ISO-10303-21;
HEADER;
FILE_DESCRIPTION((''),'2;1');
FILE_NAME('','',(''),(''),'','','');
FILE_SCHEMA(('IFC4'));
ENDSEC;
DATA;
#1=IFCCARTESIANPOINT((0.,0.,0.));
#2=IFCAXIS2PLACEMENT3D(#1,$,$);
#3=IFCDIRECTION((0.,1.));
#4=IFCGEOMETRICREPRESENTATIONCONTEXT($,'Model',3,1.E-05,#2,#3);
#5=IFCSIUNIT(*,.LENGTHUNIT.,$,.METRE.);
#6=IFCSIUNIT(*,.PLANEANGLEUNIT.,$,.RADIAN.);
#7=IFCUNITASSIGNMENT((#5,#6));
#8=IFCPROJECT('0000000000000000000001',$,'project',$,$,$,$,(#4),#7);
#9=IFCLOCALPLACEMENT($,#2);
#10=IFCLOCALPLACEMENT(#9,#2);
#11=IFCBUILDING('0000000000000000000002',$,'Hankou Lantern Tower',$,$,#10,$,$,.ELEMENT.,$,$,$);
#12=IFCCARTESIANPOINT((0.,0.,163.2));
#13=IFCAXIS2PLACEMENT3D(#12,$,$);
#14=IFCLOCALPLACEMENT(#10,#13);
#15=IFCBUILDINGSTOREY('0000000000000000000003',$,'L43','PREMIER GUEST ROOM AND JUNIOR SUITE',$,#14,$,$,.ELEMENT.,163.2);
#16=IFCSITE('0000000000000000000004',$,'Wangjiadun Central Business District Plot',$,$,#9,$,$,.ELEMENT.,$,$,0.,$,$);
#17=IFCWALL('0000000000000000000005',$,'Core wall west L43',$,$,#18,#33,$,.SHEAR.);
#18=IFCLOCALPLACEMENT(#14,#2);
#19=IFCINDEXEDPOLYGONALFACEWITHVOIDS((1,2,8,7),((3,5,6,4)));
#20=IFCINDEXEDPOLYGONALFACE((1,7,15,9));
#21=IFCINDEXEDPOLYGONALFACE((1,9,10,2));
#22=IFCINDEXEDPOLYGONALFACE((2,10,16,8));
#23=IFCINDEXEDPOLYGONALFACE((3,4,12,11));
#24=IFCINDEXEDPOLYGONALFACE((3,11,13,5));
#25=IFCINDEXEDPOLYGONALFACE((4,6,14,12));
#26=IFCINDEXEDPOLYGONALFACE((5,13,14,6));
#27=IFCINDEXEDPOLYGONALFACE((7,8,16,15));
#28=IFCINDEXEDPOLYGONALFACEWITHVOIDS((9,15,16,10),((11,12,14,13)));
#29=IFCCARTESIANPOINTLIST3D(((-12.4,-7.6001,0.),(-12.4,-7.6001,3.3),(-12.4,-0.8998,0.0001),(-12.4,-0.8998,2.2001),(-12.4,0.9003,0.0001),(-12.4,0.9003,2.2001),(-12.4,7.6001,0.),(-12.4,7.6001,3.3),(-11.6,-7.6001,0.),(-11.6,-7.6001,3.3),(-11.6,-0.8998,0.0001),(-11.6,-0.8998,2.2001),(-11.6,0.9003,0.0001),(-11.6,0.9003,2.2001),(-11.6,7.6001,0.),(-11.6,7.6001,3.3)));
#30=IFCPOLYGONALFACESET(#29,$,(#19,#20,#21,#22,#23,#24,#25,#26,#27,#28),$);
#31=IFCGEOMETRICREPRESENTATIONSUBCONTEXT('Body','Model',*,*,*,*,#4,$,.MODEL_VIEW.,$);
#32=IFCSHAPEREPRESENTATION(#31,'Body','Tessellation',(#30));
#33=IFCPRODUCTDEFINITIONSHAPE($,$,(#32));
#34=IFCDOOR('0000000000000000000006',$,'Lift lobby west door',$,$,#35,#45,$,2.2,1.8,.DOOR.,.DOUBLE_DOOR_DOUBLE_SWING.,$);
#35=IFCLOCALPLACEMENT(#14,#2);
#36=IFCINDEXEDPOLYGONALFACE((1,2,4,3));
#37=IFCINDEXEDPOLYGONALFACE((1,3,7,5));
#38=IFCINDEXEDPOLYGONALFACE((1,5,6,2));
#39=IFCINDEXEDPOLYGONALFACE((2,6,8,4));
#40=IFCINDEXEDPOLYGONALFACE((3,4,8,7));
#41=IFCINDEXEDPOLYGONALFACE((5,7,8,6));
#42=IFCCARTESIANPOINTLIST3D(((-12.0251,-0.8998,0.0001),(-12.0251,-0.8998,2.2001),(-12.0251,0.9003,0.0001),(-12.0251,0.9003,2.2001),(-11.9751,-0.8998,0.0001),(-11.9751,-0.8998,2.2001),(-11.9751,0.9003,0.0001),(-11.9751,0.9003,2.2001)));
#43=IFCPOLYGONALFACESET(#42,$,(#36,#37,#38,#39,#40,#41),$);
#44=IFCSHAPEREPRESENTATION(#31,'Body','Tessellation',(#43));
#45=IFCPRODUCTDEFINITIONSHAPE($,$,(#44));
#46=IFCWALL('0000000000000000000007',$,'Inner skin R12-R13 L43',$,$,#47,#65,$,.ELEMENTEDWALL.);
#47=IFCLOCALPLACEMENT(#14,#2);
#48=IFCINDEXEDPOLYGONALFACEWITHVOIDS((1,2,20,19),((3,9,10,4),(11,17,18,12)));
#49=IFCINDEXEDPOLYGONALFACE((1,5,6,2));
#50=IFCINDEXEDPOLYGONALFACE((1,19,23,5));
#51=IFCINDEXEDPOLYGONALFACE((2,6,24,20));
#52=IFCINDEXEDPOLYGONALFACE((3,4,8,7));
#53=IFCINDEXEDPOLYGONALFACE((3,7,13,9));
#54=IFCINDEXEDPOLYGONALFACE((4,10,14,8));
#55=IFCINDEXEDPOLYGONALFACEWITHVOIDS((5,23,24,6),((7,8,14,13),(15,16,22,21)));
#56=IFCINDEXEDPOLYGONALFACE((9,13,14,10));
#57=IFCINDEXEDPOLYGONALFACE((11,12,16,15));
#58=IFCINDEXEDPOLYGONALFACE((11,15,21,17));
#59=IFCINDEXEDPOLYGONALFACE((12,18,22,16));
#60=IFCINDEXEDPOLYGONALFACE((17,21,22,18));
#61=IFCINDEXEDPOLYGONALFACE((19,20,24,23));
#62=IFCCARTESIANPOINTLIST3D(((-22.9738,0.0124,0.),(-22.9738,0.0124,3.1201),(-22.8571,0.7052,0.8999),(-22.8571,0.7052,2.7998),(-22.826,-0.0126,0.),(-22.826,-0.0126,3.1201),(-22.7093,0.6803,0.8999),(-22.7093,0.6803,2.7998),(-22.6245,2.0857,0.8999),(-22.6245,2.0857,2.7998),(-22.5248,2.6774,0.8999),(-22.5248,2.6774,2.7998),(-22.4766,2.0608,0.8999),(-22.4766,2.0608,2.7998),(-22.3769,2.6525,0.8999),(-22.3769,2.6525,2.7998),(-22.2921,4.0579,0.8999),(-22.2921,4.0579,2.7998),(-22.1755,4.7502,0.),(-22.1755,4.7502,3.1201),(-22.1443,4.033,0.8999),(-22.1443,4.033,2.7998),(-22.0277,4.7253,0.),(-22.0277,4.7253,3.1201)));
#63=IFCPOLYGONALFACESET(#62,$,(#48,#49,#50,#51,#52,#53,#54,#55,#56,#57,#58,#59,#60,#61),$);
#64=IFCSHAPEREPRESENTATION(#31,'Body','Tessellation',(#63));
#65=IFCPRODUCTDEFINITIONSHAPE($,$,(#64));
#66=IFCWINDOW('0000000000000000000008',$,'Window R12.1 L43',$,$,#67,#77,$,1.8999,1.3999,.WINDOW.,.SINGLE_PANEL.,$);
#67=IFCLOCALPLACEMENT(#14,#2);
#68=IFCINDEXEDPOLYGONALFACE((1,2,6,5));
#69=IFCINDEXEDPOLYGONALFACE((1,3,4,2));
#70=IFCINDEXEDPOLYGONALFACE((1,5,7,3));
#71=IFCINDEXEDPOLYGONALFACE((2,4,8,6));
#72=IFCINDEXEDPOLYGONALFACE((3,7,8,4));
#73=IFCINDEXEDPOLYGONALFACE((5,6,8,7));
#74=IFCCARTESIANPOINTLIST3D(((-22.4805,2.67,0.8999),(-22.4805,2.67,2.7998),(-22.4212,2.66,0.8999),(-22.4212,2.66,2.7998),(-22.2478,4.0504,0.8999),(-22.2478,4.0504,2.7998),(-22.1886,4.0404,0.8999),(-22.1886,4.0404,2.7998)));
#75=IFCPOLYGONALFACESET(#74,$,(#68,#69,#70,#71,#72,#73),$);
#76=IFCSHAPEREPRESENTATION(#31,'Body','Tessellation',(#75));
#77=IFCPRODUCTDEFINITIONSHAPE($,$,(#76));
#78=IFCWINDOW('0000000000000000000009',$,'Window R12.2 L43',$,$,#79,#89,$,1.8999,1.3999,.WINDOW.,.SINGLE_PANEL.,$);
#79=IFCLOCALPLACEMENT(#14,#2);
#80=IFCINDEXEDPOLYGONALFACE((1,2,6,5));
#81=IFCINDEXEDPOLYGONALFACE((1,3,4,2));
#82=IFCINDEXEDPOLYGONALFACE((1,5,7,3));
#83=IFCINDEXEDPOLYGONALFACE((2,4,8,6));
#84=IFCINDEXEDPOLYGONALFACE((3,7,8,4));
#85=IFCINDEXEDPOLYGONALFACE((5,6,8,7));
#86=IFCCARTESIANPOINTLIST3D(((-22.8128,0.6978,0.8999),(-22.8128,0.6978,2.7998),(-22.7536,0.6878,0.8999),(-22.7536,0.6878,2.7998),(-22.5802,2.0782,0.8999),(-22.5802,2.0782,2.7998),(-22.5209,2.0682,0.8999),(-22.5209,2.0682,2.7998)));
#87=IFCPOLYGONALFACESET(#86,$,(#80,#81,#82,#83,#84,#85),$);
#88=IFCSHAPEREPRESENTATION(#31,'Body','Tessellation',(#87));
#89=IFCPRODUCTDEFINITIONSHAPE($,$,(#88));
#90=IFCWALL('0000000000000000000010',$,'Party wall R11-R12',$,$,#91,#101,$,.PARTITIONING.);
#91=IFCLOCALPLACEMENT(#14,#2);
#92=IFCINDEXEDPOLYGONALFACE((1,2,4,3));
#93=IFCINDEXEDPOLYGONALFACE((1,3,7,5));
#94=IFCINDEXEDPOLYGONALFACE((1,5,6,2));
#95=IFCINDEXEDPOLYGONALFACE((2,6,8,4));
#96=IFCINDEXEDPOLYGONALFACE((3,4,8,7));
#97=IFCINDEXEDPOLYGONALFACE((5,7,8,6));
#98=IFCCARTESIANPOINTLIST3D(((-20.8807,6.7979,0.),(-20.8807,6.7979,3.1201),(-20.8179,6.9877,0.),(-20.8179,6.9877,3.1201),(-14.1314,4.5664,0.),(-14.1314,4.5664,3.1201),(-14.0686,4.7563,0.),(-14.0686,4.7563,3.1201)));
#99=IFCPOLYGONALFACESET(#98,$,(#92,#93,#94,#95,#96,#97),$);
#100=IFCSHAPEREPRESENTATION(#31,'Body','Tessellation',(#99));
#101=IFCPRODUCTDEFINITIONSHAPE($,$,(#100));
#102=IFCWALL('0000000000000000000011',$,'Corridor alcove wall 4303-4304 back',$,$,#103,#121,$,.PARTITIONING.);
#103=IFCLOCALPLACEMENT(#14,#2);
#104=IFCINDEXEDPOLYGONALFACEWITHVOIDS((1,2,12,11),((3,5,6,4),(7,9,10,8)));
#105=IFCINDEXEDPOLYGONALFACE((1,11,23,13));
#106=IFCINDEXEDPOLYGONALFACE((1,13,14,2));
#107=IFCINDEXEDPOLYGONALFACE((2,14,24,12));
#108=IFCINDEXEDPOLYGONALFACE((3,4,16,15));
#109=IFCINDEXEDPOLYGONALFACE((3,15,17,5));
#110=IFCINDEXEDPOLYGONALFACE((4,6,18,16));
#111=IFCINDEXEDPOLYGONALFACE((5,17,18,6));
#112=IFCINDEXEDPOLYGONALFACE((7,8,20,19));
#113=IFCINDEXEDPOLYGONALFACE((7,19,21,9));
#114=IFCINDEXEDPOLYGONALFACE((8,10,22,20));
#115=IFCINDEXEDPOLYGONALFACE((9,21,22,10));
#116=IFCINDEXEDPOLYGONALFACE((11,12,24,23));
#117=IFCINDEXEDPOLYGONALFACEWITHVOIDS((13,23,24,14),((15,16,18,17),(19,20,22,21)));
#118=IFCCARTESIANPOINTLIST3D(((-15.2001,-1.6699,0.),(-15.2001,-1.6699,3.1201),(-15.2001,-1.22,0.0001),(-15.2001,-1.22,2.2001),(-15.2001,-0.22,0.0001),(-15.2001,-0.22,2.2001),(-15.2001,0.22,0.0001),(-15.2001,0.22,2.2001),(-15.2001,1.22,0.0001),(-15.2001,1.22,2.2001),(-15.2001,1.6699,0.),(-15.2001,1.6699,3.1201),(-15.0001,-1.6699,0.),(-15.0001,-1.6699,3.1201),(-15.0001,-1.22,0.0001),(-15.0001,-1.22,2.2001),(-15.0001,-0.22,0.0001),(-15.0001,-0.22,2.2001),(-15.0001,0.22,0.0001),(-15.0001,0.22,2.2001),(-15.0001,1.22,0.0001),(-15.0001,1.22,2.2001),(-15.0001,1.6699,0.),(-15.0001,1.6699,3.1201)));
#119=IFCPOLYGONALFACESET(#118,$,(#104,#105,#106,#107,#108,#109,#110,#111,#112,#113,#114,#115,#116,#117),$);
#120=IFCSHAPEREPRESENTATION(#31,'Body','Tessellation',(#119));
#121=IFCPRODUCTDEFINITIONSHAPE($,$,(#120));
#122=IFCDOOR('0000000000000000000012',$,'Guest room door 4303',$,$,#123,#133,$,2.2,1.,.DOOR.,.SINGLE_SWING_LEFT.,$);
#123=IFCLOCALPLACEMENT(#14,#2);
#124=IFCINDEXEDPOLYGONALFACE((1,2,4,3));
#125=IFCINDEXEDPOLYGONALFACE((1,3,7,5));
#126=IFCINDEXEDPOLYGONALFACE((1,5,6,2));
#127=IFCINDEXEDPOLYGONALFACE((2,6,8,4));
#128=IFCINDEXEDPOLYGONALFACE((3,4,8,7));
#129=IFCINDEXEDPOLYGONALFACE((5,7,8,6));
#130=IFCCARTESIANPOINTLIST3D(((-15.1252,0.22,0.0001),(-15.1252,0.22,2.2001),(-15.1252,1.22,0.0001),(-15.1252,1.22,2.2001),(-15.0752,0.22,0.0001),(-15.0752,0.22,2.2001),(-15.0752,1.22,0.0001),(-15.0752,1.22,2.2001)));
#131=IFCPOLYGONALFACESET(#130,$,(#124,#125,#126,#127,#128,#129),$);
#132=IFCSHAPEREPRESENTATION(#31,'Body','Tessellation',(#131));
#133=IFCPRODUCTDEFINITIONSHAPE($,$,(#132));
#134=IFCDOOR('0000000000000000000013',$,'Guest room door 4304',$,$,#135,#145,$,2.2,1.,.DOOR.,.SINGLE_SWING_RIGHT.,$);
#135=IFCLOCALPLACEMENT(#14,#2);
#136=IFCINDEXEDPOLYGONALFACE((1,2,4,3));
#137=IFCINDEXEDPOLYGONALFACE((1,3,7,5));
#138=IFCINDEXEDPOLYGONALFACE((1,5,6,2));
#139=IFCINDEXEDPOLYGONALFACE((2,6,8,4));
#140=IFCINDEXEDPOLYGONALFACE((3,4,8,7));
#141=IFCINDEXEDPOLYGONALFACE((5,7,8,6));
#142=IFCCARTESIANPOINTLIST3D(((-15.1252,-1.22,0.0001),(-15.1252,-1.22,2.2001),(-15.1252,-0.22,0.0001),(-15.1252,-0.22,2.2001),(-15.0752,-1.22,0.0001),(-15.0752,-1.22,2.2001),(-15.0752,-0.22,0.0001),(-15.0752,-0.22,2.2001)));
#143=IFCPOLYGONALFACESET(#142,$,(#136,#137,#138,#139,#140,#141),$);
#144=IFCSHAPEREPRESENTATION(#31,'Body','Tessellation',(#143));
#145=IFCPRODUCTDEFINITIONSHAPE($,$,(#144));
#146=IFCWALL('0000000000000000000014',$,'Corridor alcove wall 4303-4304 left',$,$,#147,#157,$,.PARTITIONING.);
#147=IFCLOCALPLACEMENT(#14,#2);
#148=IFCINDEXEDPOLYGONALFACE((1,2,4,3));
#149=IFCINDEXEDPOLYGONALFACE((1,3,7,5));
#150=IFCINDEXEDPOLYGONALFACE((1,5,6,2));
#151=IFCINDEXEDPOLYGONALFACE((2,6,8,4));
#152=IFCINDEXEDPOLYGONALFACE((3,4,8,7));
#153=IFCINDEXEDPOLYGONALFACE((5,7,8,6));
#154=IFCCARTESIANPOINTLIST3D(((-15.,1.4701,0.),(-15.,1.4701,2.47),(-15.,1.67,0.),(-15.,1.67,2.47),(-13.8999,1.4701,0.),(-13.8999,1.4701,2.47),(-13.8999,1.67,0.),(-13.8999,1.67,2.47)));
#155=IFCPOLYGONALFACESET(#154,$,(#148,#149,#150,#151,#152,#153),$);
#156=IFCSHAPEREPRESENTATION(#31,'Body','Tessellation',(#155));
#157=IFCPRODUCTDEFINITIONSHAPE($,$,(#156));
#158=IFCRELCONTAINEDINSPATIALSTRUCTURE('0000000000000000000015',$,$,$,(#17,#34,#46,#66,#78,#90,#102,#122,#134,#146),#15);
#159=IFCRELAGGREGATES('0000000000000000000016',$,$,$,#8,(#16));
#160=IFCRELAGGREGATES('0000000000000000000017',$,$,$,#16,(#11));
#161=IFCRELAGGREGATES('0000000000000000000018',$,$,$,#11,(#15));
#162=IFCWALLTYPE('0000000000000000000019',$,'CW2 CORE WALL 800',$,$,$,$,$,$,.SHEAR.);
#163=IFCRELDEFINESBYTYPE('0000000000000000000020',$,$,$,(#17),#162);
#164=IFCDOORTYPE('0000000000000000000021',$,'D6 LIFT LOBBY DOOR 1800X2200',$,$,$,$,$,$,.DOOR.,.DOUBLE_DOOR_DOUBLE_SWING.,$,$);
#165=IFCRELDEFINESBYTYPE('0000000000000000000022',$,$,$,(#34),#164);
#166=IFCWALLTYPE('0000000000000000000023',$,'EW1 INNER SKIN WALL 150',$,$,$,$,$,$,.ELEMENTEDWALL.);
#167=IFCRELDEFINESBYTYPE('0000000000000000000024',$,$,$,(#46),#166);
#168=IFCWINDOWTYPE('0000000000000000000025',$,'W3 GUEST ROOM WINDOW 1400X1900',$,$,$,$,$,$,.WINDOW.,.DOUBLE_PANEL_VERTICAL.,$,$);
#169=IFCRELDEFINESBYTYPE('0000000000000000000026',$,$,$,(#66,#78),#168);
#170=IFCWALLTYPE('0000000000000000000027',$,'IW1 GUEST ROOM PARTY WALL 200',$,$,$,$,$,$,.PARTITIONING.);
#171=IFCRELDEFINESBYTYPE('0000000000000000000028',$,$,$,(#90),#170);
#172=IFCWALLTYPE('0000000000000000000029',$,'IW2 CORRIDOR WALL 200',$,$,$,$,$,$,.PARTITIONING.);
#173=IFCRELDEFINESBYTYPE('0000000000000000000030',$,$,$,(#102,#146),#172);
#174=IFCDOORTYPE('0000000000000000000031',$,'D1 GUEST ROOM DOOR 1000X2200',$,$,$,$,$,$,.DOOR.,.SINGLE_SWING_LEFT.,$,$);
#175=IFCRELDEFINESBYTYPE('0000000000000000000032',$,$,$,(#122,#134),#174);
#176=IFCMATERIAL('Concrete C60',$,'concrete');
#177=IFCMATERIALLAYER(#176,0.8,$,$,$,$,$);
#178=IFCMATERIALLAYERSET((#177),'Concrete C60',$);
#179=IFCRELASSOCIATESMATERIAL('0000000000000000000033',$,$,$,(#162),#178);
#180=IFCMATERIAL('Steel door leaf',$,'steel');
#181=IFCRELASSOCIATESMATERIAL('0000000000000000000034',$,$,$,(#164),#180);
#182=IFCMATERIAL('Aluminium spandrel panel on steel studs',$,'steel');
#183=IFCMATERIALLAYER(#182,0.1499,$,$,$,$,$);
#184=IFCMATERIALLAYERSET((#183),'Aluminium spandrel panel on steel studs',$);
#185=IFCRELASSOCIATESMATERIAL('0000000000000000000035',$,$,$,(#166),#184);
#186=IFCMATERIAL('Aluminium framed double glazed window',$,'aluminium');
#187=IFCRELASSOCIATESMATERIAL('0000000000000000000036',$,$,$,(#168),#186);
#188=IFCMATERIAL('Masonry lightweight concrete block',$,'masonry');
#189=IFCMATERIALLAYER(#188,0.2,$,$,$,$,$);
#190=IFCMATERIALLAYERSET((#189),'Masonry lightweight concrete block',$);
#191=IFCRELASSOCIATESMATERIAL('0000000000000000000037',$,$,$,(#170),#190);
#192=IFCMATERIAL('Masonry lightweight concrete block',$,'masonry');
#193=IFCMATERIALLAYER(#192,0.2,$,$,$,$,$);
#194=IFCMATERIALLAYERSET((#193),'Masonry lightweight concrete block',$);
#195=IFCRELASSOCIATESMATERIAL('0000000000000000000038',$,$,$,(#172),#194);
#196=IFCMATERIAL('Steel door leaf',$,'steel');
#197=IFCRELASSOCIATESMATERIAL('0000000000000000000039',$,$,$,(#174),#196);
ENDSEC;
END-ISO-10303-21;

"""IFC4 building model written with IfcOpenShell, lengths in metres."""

from ifc_helpers import new_model, si_unit, direction, frame, frame_2d, origin, place, context, subcontext, project, spatial, rectangle, extrude, material, layer, layer_set, type_object, element, fill, save


model = new_model("IFC4")

# Units and contexts
model_context = context("Model", 3, precision=1e-05, world=origin(), true_north=direction((0.0, 1.0)))
body_context = subcontext(model_context, "Body", "Model", "MODEL_VIEW")
ifc_project = project(units=[si_unit("LENGTHUNIT", "METRE"), si_unit("PLANEANGLEUNIT", "RADIAN")], contexts=[model_context])

# Site, building, storey
site_placement = place(None, origin())
site = spatial("IfcSite", under=ifc_project, at=site_placement, Name="Wangjiadun Central Business District Plot", CompositionType="ELEMENT", RefElevation=0.0)
building_placement = place(site_placement, origin())
building = spatial("IfcBuilding", under=site, at=building_placement, Name="Hankou Lantern Tower", CompositionType="ELEMENT")
storey_placement = place(building_placement, frame((0.0, 0.0, 163.2)))
storey = spatial("IfcBuildingStorey", under=building, at=storey_placement, Name="L43", Description="PREMIER GUEST ROOM AND JUNIOR SUITE", CompositionType="ELEMENT", Elevation=163.2)

# Wall, opening, door
ifc_material_1 = material(Name="Concrete C60", Category="concrete")
ifc_layer_1 = layer(ifc_material_1, 0.8)
ifc_layer_set_1 = layer_set([ifc_layer_1], Name="Concrete C60")
wall_type_1 = type_object("IfcWallType", Name="CW2 CORE WALL 800", PredefinedType="SHEAR", material=ifc_layer_set_1)
wall_1_placement = place(storey_placement, frame((-12.0, 7.6001, 0.0), z_axis=(0.0, 0.0, 1.0), x_axis=(0.0, -1.0, 0.0)))
wall_1 = element("IfcWall", 1, at=wall_1_placement, inside=storey, type_object=wall_type_1, Name="Core wall west L43", PredefinedType="SHEAR", context=body_context, shape_type="SweptSolid", body=[
    extrude(rectangle(XDim=15.2002, YDim=0.8, at=frame_2d((7.6001, 0.0))), origin(), (0.0, 0.0, 1.0), 3.3),
])
opening_1_placement = place(wall_1_placement, frame((6.7, 0.0, 0.0)))
opening_1 = element("IfcOpeningElement", 2, at=opening_1_placement, cuts=wall_1, PredefinedType="OPENING", context=body_context, shape_type="SweptSolid", body=[
    extrude(rectangle(XDim=1.8, YDim=2.2, at=frame_2d((0.8999, 1.1001))), frame((0.0, 0.4099, 0.0), z_axis=(0.0, -1.0, 0.0), x_axis=(1.0, 0.0, 0.0)), (0.0, 0.0, 1.0), 0.8201),
])
ifc_material_2 = material(Name="Steel door leaf", Category="steel")
door_type_1 = type_object("IfcDoorType", Name="D6 LIFT LOBBY DOOR 1800X2200", OperationType="DOUBLE_DOOR_DOUBLE_SWING", PredefinedType="DOOR", material=ifc_material_2)
door_1_placement = place(opening_1_placement, origin())
door_1 = element("IfcDoor", 3, at=door_1_placement, inside=storey, type_object=door_type_1, Name="Lift lobby west door", OperationType="DOUBLE_DOOR_DOUBLE_SWING", OverallHeight=2.2, OverallWidth=1.8, PredefinedType="DOOR", context=body_context, shape_type="SweptSolid", body=[
    extrude(rectangle(XDim=1.8, YDim=2.2, at=frame_2d((0.8999, 1.1001))), frame((0.0, 0.0249, 0.0), z_axis=(0.0, -1.0, 0.0), x_axis=(1.0, 0.0, 0.0)), (0.0, 0.0, 1.0), 0.05),
])
fill(opening_1, door_1)

# Wall, openings, windows
ifc_material_3 = material(Name="Aluminium spandrel panel on steel studs", Category="steel")
ifc_layer_2 = layer(ifc_material_3, 0.1499)
ifc_layer_set_2 = layer_set([ifc_layer_2], Name="Aluminium spandrel panel on steel studs")
wall_type_2 = type_object("IfcWallType", Name="EW1 INNER SKIN WALL 150", PredefinedType="ELEMENTEDWALL", material=ifc_layer_set_2)
wall_2_placement = place(storey_placement, frame((-22.1016, 4.7378, 0.0), z_axis=(0.0, 0.0, 1.0), x_axis=(-0.166162, -0.986098, 0.0)))
wall_2 = element("IfcWall", 4, at=wall_2_placement, inside=storey, type_object=wall_type_2, Name="Inner skin R12-R13 L43", PredefinedType="ELEMENTEDWALL", context=body_context, shape_type="SweptSolid", body=[
    extrude(rectangle(XDim=4.8047, YDim=0.1499, at=frame_2d((2.4023, 0.0))), origin(), (0.0, 0.0, 1.0), 3.1201),
])
opening_2_placement = place(wall_2_placement, frame((0.7021, 0.0, 0.8999)))
opening_2 = element("IfcOpeningElement", 5, at=opening_2_placement, cuts=wall_2, PredefinedType="OPENING", context=body_context, shape_type="SweptSolid", body=[
    extrude(rectangle(XDim=1.3999, YDim=1.8999, at=frame_2d((0.7, 0.95))), frame((0.0, 0.085, 0.0), z_axis=(0.0, -1.0, 0.0), x_axis=(1.0, 0.0, 0.0)), (0.0, 0.0, 1.0), 0.1699),
])
opening_3_placement = place(wall_2_placement, frame((2.7021, 0.0, 0.8999)))
opening_3 = element("IfcOpeningElement", 6, at=opening_3_placement, cuts=wall_2, PredefinedType="OPENING", context=body_context, shape_type="SweptSolid", body=[
    extrude(rectangle(XDim=1.3999, YDim=1.8999, at=frame_2d((0.7, 0.95))), frame((0.0, 0.085, 0.0), z_axis=(0.0, -1.0, 0.0), x_axis=(1.0, 0.0, 0.0)), (0.0, 0.0, 1.0), 0.1699),
])
ifc_material_4 = material(Name="Aluminium framed double glazed window", Category="aluminium")
window_type = type_object("IfcWindowType", Name="W3 GUEST ROOM WINDOW 1400X1900", PartitioningType="DOUBLE_PANEL_VERTICAL", PredefinedType="WINDOW", material=ifc_material_4)
window_1_placement = place(opening_2_placement, origin())
window_1 = element("IfcWindow", 7, at=window_1_placement, inside=storey, type_object=window_type, Name="Window R12.1 L43", OverallHeight=1.8999, OverallWidth=1.3999, PartitioningType="SINGLE_PANEL", PredefinedType="WINDOW", context=body_context, shape_type="SweptSolid", body=[
    extrude(rectangle(XDim=1.3999, YDim=1.8999, at=frame_2d((0.7, 0.95))), frame((0.0, 0.03, 0.0), z_axis=(0.0, -1.0, 0.0), x_axis=(1.0, 0.0, 0.0)), (0.0, 0.0, 1.0), 0.0601),
])
fill(opening_2, window_1)
window_2_placement = place(opening_3_placement, origin())
window_2 = element("IfcWindow", 8, at=window_2_placement, inside=storey, type_object=window_type, Name="Window R12.2 L43", OverallHeight=1.8999, OverallWidth=1.3999, PartitioningType="SINGLE_PANEL", PredefinedType="WINDOW", context=body_context, shape_type="SweptSolid", body=[
    extrude(rectangle(XDim=1.3999, YDim=1.8999, at=frame_2d((0.7, 0.95))), frame((0.0, 0.03, 0.0), z_axis=(0.0, -1.0, 0.0), x_axis=(1.0, 0.0, 0.0)), (0.0, 0.0, 1.0), 0.0601),
])
fill(opening_3, window_2)

# Wall
ifc_material_5 = material(Name="Masonry lightweight concrete block", Category="masonry")
ifc_layer_3 = layer(ifc_material_5, 0.2)
ifc_layer_set_3 = layer_set([ifc_layer_3], Name="Masonry lightweight concrete block")
wall_type_3 = type_object("IfcWallType", Name="IW1 GUEST ROOM PARTY WALL 200", PredefinedType="PARTITIONING", material=ifc_layer_set_3)
wall_3_placement = place(storey_placement, frame((-14.1001, 4.6614, 0.0), z_axis=(0.0, 0.0, 1.0), x_axis=(-0.949453, 0.313909, 0.0)))
element("IfcWall", 9, at=wall_3_placement, inside=storey, type_object=wall_type_3, Name="Party wall R11-R12", PredefinedType="PARTITIONING", context=body_context, shape_type="SweptSolid", body=[
    extrude(rectangle(XDim=7.1086, YDim=0.2, at=frame_2d((3.5542, 0.0))), origin(), (0.0, 0.0, 1.0), 3.1201),
])

# Wall, openings, doors
ifc_material_6 = material(Name="Masonry lightweight concrete block", Category="masonry")
ifc_layer_4 = layer(ifc_material_6, 0.2)
ifc_layer_set_4 = layer_set([ifc_layer_4], Name="Masonry lightweight concrete block")
wall_type_4 = type_object("IfcWallType", Name="IW2 CORRIDOR WALL 200", PredefinedType="PARTITIONING", material=ifc_layer_set_4)
wall_4_placement = place(storey_placement, frame((-15.1001, 1.6699, 0.0), z_axis=(0.0, 0.0, 1.0), x_axis=(0.0, -1.0, 0.0)))
wall_4 = element("IfcWall", 10, at=wall_4_placement, inside=storey, type_object=wall_type_4, Name="Corridor alcove wall 4303-4304 back", PredefinedType="PARTITIONING", context=body_context, shape_type="SweptSolid", body=[
    extrude(rectangle(XDim=3.3398, YDim=0.2, at=frame_2d((1.6699, 0.0))), origin(), (0.0, 0.0, 1.0), 3.1201),
])
opening_4_placement = place(wall_4_placement, frame((0.45, 0.0, 0.0)))
opening_4 = element("IfcOpeningElement", 11, at=opening_4_placement, cuts=wall_4, PredefinedType="OPENING", context=body_context, shape_type="SweptSolid", body=[
    extrude(rectangle(XDim=1.0, YDim=2.2, at=frame_2d((0.5, 1.1001))), frame((0.0, 0.1099, 0.0), z_axis=(0.0, -1.0, 0.0), x_axis=(1.0, 0.0, 0.0)), (0.0, 0.0, 1.0), 0.22),
])
opening_5_placement = place(wall_4_placement, frame((1.8899, 0.0, 0.0)))
opening_5 = element("IfcOpeningElement", 12, at=opening_5_placement, cuts=wall_4, PredefinedType="OPENING", context=body_context, shape_type="SweptSolid", body=[
    extrude(rectangle(XDim=1.0, YDim=2.2, at=frame_2d((0.5, 1.1001))), frame((0.0, 0.1099, 0.0), z_axis=(0.0, -1.0, 0.0), x_axis=(1.0, 0.0, 0.0)), (0.0, 0.0, 1.0), 0.22),
])
ifc_material_7 = material(Name="Steel door leaf", Category="steel")
door_type_2 = type_object("IfcDoorType", Name="D1 GUEST ROOM DOOR 1000X2200", OperationType="SINGLE_SWING_LEFT", PredefinedType="DOOR", material=ifc_material_7)
door_2_placement = place(opening_4_placement, origin())
door_2 = element("IfcDoor", 13, at=door_2_placement, inside=storey, type_object=door_type_2, Name="Guest room door 4303", OperationType="SINGLE_SWING_LEFT", OverallHeight=2.2, OverallWidth=1.0, PredefinedType="DOOR", context=body_context, shape_type="SweptSolid", body=[
    extrude(rectangle(XDim=1.0, YDim=2.2, at=frame_2d((0.5, 1.1001))), frame((0.0, 0.0249, 0.0), z_axis=(0.0, -1.0, 0.0), x_axis=(1.0, 0.0, 0.0)), (0.0, 0.0, 1.0), 0.05),
])
fill(opening_4, door_2)
door_3_placement = place(opening_5_placement, origin())
door_3 = element("IfcDoor", 14, at=door_3_placement, inside=storey, type_object=door_type_2, Name="Guest room door 4304", OperationType="SINGLE_SWING_RIGHT", OverallHeight=2.2, OverallWidth=1.0, PredefinedType="DOOR", context=body_context, shape_type="SweptSolid", body=[
    extrude(rectangle(XDim=1.0, YDim=2.2, at=frame_2d((0.5, 1.1001))), frame((0.0, 0.0249, 0.0), z_axis=(0.0, -1.0, 0.0), x_axis=(1.0, 0.0, 0.0)), (0.0, 0.0, 1.0), 0.05),
])
fill(opening_5, door_3)

# Wall
wall_5_placement = place(storey_placement, frame((-13.8999, 1.5701, 0.0), z_axis=(0.0, 0.0, 1.0), x_axis=(-1.0, 0.0, 0.0)))
element("IfcWall", 15, at=wall_5_placement, inside=storey, type_object=wall_type_4, Name="Corridor alcove wall 4303-4304 left", PredefinedType="PARTITIONING", context=body_context, shape_type="SweptSolid", body=[
    extrude(rectangle(XDim=1.1001, YDim=0.2, at=frame_2d((0.55, 0.0))), origin(), (0.0, 0.0, 1.0), 2.47),
])

save(model, "model.ifc")
